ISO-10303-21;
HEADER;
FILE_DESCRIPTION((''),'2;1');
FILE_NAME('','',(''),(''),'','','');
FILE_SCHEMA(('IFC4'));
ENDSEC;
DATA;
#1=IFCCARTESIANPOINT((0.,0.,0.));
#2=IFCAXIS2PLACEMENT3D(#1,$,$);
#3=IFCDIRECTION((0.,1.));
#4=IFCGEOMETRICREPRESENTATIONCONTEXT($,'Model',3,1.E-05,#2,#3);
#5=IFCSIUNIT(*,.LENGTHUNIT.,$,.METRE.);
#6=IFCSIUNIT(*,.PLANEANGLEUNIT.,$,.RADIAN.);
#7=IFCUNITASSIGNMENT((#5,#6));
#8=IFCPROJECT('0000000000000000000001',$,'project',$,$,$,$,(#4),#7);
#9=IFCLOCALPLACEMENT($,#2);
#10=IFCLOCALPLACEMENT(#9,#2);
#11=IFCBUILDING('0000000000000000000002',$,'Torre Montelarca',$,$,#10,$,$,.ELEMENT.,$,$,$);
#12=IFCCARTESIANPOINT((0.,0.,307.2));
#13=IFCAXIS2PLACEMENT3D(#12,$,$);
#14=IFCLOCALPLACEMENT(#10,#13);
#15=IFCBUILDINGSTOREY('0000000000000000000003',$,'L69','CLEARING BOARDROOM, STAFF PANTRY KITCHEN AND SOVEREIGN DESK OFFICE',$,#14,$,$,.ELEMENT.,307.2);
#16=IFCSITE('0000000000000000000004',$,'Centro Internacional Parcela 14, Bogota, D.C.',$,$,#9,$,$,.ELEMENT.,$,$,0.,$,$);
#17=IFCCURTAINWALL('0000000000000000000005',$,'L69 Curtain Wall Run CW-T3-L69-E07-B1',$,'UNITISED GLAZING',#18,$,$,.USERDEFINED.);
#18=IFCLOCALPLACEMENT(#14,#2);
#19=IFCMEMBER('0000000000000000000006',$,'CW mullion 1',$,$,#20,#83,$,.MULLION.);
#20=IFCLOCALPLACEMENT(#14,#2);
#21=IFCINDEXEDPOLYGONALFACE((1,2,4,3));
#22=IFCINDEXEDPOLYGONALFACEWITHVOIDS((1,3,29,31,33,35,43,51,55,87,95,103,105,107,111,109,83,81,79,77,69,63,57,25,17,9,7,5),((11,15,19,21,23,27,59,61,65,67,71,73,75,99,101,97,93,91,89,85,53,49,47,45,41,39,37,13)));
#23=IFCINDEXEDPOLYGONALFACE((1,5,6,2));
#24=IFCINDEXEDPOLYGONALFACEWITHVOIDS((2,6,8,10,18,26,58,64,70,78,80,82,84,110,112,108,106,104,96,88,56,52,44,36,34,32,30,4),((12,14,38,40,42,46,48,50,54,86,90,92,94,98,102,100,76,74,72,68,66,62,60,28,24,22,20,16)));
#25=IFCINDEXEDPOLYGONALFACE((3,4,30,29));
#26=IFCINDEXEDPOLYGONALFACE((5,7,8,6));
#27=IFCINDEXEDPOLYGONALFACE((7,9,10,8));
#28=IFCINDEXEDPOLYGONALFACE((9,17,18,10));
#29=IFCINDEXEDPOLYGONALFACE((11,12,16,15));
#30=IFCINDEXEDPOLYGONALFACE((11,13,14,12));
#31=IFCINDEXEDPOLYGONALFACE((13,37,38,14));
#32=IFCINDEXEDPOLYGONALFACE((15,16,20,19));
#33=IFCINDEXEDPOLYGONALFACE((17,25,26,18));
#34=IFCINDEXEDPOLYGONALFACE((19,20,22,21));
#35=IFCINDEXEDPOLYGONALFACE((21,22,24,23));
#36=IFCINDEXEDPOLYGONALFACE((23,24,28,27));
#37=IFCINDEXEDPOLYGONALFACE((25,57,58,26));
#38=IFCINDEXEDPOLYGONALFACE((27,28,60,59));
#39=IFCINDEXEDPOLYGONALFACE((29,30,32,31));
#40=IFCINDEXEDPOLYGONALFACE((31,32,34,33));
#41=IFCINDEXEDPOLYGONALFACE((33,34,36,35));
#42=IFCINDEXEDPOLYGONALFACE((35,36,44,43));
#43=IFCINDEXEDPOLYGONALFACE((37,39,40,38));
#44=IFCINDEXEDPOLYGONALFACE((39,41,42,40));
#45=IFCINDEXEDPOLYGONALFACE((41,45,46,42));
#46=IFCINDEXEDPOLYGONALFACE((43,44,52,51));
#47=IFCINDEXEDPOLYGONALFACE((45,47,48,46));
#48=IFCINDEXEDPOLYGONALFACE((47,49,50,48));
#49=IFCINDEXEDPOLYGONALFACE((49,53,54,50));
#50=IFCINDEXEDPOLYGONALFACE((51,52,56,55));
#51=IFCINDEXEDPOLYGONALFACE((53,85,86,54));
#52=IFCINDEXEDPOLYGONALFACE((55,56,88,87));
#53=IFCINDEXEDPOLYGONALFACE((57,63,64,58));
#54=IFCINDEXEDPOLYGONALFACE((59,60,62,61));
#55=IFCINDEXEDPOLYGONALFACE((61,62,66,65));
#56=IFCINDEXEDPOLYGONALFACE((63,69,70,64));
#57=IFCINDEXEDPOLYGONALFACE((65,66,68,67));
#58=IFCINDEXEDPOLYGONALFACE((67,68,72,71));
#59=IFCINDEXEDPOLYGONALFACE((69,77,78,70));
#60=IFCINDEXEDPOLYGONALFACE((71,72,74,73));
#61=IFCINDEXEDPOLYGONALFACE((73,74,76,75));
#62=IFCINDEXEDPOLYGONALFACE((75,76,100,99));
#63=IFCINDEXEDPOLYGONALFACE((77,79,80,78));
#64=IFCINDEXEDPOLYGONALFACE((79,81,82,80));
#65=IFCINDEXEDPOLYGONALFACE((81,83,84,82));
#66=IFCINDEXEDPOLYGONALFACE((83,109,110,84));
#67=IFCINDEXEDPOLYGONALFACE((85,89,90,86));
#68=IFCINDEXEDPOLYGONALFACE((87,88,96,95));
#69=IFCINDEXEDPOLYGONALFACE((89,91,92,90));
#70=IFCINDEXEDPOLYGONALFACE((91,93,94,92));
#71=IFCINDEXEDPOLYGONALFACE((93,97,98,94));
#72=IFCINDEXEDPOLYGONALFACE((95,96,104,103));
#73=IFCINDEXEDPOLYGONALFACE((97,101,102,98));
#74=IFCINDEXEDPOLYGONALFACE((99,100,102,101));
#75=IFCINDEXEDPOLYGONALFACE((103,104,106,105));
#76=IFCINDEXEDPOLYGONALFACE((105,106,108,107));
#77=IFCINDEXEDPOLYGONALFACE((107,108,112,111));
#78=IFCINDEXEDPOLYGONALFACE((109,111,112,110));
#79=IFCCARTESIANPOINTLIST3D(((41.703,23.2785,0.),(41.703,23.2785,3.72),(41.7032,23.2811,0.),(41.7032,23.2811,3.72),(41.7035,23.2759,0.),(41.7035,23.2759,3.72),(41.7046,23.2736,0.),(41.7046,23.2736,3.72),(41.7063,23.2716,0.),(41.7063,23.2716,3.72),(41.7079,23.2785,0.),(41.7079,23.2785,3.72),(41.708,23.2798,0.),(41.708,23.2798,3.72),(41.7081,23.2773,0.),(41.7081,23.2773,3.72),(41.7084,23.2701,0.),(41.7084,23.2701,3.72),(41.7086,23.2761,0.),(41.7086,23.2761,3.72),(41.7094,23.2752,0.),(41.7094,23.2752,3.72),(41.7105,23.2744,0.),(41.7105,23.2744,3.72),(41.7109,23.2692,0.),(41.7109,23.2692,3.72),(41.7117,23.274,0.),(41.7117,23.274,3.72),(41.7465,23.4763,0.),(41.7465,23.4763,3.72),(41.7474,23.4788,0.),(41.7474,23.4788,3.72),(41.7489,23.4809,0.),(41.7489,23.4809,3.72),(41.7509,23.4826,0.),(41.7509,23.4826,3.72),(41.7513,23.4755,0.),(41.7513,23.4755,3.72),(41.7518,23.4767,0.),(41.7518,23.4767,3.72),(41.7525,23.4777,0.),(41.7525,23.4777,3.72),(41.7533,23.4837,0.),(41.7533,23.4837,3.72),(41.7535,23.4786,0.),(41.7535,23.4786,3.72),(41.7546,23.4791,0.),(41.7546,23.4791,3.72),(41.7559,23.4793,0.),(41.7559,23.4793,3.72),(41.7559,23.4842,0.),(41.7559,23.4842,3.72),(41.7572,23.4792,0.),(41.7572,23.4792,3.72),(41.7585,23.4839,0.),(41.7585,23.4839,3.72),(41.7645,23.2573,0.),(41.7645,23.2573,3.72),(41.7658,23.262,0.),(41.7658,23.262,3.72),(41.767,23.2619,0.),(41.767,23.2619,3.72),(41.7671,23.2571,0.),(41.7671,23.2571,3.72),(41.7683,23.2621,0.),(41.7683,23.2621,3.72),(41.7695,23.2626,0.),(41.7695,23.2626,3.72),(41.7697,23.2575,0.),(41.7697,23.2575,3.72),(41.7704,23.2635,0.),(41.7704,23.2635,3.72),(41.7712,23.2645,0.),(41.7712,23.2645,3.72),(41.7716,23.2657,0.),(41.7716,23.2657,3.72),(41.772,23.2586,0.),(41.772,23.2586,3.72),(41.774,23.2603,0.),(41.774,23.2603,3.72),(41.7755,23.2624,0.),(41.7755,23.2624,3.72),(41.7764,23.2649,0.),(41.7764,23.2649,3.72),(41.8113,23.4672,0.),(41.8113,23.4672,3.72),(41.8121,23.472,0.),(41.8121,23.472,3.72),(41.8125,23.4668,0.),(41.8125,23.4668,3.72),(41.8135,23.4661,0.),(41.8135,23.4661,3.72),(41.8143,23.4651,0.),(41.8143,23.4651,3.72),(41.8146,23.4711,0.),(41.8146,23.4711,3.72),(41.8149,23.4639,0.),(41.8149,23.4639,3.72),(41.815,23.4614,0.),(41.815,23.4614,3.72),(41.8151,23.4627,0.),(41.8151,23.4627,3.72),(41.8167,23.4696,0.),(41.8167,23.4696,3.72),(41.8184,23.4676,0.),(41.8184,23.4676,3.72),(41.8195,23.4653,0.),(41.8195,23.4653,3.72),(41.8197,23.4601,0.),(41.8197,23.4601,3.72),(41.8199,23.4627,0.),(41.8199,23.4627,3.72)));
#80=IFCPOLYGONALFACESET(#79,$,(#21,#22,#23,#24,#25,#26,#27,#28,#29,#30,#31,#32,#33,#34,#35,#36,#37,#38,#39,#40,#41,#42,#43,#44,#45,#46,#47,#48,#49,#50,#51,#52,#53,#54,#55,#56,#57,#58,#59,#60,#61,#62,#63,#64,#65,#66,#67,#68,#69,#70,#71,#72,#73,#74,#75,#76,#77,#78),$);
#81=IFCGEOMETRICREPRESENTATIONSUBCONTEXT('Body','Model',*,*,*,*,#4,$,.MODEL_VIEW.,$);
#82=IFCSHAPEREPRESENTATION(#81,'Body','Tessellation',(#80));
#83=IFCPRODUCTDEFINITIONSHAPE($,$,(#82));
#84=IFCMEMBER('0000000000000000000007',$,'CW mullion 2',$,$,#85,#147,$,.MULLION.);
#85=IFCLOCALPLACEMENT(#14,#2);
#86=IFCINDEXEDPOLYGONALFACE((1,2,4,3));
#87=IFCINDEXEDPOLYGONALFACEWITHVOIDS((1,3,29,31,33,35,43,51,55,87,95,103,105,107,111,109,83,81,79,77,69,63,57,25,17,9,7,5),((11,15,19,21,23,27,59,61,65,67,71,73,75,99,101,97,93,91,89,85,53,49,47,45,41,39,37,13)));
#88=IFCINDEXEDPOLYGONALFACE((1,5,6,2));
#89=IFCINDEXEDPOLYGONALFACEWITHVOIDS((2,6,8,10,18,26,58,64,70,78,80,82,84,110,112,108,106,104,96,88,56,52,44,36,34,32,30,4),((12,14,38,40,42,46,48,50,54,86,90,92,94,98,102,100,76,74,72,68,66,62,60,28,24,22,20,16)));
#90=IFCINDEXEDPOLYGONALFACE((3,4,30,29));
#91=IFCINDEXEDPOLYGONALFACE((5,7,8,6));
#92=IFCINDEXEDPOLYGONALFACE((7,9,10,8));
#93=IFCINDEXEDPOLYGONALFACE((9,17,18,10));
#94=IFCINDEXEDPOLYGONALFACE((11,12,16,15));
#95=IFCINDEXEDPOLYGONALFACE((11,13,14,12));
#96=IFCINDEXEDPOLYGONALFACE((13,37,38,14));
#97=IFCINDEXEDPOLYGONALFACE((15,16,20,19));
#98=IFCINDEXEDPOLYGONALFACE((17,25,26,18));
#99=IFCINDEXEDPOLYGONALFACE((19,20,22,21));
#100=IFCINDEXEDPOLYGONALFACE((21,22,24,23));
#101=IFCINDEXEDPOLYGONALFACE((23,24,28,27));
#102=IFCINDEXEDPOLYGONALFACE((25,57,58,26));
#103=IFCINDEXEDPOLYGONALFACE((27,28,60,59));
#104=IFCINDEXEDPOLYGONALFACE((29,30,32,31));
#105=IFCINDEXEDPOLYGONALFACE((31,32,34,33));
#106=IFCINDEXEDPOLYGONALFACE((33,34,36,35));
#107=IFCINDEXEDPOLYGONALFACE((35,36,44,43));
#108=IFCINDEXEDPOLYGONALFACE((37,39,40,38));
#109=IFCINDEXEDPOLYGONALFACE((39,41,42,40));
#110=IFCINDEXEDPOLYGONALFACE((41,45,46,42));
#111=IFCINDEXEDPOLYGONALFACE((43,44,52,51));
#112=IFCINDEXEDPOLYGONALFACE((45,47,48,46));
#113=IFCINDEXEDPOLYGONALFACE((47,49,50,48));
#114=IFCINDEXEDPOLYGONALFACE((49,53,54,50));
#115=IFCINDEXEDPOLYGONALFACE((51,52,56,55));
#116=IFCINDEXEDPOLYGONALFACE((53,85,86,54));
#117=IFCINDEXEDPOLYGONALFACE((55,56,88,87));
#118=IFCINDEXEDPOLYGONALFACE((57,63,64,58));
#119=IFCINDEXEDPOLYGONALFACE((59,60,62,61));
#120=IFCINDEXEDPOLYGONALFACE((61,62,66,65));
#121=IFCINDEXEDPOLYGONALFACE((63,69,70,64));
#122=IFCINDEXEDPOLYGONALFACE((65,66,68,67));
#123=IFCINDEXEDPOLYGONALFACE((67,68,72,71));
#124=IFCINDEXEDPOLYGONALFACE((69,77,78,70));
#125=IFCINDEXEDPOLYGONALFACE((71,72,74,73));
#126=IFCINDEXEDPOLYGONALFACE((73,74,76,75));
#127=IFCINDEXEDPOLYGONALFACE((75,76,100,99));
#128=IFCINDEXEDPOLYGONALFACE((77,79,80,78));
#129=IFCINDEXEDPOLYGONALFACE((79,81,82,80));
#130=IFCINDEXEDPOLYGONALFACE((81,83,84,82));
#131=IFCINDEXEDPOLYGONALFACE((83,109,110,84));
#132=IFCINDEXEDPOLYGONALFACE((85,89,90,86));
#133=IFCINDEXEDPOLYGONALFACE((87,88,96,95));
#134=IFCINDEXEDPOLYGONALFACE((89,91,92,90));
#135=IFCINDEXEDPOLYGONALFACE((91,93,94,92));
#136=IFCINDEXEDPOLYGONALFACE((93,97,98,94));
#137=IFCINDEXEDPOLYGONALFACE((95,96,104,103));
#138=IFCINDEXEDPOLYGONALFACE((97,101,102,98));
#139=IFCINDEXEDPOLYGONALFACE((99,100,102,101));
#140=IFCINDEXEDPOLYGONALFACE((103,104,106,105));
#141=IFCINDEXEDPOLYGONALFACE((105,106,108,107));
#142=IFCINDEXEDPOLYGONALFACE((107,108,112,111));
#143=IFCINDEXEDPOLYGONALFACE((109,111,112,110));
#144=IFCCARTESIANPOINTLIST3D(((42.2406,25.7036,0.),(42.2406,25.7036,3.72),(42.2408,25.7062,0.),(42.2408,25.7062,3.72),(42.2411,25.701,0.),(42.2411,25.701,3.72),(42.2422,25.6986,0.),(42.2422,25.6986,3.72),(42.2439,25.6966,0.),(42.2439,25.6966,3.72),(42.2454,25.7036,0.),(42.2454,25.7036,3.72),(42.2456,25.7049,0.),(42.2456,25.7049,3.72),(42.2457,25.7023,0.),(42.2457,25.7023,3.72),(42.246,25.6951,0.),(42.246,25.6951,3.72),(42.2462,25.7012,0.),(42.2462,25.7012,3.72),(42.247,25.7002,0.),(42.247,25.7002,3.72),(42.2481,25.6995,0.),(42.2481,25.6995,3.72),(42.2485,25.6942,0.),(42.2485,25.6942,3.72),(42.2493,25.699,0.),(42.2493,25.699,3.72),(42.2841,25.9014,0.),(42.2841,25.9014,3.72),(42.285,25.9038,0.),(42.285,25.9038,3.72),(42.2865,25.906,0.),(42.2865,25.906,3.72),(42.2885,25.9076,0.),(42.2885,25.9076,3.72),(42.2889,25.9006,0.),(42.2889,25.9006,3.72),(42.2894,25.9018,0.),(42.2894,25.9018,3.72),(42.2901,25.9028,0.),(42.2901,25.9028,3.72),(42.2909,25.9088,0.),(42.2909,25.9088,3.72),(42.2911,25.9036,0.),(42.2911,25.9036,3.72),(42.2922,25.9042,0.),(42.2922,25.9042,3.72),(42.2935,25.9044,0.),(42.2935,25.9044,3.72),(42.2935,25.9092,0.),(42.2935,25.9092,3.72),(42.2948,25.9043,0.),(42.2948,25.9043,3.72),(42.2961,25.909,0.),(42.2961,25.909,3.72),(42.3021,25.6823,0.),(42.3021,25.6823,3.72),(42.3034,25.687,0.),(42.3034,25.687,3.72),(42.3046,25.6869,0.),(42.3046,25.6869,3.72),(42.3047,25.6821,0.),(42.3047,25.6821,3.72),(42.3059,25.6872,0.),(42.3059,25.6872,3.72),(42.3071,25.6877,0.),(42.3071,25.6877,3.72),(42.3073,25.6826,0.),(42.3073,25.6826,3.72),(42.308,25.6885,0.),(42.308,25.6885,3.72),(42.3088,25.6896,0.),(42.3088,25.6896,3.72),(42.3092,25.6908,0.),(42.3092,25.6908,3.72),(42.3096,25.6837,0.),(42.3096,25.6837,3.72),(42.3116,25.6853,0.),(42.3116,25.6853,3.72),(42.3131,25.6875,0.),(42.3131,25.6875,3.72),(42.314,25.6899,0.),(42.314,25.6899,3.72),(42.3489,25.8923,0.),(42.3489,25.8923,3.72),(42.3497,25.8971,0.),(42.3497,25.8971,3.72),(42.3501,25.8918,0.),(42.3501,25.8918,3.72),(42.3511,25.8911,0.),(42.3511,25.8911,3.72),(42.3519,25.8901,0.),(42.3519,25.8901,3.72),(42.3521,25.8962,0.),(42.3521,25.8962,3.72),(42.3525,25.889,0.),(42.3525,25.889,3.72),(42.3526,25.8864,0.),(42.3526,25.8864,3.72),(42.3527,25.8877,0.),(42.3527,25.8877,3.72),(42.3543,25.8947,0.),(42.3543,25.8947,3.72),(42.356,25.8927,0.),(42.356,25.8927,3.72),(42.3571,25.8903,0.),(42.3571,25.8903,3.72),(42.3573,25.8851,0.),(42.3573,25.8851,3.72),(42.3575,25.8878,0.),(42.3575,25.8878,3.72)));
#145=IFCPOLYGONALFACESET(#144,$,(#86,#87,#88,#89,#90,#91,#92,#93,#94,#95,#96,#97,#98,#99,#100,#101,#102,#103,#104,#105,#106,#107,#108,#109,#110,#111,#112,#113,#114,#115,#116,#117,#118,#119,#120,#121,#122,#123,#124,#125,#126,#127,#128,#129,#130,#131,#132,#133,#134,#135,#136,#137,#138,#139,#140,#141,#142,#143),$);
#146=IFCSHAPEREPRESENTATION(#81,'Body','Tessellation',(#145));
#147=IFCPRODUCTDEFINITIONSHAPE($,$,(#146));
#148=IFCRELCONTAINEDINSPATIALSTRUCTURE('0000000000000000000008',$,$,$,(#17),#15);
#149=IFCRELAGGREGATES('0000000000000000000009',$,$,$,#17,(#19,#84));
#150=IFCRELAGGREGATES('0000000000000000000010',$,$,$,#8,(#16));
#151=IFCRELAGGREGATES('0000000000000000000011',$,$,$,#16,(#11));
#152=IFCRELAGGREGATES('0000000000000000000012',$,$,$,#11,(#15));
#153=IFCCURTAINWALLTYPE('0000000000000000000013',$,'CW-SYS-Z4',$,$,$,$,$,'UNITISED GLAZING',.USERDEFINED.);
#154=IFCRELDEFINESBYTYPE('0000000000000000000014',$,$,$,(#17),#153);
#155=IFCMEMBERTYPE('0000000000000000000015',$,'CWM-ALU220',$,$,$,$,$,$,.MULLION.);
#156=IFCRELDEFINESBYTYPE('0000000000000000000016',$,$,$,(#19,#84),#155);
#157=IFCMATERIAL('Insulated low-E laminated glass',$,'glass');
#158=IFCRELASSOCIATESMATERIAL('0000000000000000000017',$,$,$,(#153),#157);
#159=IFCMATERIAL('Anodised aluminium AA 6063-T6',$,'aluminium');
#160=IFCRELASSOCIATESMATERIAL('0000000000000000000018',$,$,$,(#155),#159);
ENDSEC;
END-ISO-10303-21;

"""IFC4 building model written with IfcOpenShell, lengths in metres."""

from ifc_helpers import new_model, si_unit, direction, frame, origin, origin_2d, place, context, subcontext, project, spatial, hollow_rectangle, extrude, source, transform, mapped, material, material_profile, profile_set, type_object, element, aggregate, save


model = new_model("IFC4")

# Units and contexts
model_context = context("Model", 3, precision=1e-05, world=origin(), true_north=direction((0.0, 1.0)))
body_context = subcontext(model_context, "Body", "Model", "MODEL_VIEW")
ifc_project = project(units=[si_unit("LENGTHUNIT", "METRE"), si_unit("PLANEANGLEUNIT", "RADIAN")], contexts=[model_context])

# Site, building, storey
site_placement = place(None, origin())
site = spatial("IfcSite", under=ifc_project, at=site_placement, Name="Centro Internacional Parcela 14, Bogota, D.C.", CompositionType="ELEMENT", RefElevation=0.0)
building_placement = place(site_placement, origin())
building = spatial("IfcBuilding", under=site, at=building_placement, Name="Torre Montelarca", CompositionType="ELEMENT")
storey_placement = place(building_placement, frame((0.0, 0.0, 307.2)))
storey = spatial("IfcBuildingStorey", under=building, at=storey_placement, Name="L69", Description="CLEARING BOARDROOM, STAFF PANTRY KITCHEN AND SOVEREIGN DESK OFFICE", CompositionType="ELEMENT", Elevation=307.2)

# Curtain wall, members
ifc_material_1 = material(Name="Insulated low-E laminated glass", Category="glass")
curtain_wall_type = type_object("IfcCurtainWallType", Name="CW-SYS-Z4", ElementType="UNITISED GLAZING", PredefinedType="USERDEFINED", material=ifc_material_1)
ifc_material_2 = material(Name="Anodised aluminium AA 6063-T6", Category="aluminium")
ifc_material_profile_1 = material_profile(ifc_material_2, hollow_rectangle(XDim=0.075, YDim=0.22, WallThickness=0.0049, InnerFilletRadius=0.0049, OuterFilletRadius=0.01, at=origin_2d()), Name="ALU75X220X5", Category="aluminium")
ifc_profile_set_1 = profile_set([ifc_material_profile_1], Name="Anodised aluminium AA 6063-T6")
member_type_1 = type_object("IfcMemberType", Name="CWM-ALU220", PredefinedType="MULLION", material=ifc_profile_set_1)
shared_shape_1 = source(origin(), body_context, "Body", "SweptSolid", [
    extrude(hollow_rectangle(XDim=0.075, YDim=0.22, WallThickness=0.0049, InnerFilletRadius=0.0049, OuterFilletRadius=0.01, at=origin_2d()), origin(), (0.0, 0.0, 1.0), 3.72),
])
curtain_wall_1_placement = place(storey_placement, origin())
curtain_wall_1 = element("IfcCurtainWall", 1, at=curtain_wall_1_placement, inside=storey, type_object=curtain_wall_type, Name="L69 Curtain Wall Run CW-T3-L69-E07-B1", ObjectType="UNITISED GLAZING", PredefinedType="USERDEFINED")
member_1_placement = place(storey_placement, frame((41.7615, 23.3706, 0.0), z_axis=(0.0, 0.0, 1.0), x_axis=(-0.976295, 0.216443, 0.0)))
member_1 = element("IfcMember", 2, at=member_1_placement, type_object=member_type_1, Name="CW mullion 1", PredefinedType="MULLION", context=body_context, shape_type="MappedRepresentation", body=[
    mapped(shared_shape_1, transform((0.0, 0.0, 0.0), scale=1.0)),
])
member_2_placement = place(storey_placement, frame((42.2991, 25.7957, 0.0), z_axis=(0.0, 0.0, 1.0), x_axis=(-0.976295, 0.216443, 0.0)))
member_2 = element("IfcMember", 3, at=member_2_placement, type_object=member_type_1, Name="CW mullion 2", PredefinedType="MULLION", context=body_context, shape_type="MappedRepresentation", body=[
    mapped(shared_shape_1, transform((0.0, 0.0, 0.0), scale=1.0)),
])

aggregate(curtain_wall_1, [member_1, member_2])

save(model, "model.ifc")
